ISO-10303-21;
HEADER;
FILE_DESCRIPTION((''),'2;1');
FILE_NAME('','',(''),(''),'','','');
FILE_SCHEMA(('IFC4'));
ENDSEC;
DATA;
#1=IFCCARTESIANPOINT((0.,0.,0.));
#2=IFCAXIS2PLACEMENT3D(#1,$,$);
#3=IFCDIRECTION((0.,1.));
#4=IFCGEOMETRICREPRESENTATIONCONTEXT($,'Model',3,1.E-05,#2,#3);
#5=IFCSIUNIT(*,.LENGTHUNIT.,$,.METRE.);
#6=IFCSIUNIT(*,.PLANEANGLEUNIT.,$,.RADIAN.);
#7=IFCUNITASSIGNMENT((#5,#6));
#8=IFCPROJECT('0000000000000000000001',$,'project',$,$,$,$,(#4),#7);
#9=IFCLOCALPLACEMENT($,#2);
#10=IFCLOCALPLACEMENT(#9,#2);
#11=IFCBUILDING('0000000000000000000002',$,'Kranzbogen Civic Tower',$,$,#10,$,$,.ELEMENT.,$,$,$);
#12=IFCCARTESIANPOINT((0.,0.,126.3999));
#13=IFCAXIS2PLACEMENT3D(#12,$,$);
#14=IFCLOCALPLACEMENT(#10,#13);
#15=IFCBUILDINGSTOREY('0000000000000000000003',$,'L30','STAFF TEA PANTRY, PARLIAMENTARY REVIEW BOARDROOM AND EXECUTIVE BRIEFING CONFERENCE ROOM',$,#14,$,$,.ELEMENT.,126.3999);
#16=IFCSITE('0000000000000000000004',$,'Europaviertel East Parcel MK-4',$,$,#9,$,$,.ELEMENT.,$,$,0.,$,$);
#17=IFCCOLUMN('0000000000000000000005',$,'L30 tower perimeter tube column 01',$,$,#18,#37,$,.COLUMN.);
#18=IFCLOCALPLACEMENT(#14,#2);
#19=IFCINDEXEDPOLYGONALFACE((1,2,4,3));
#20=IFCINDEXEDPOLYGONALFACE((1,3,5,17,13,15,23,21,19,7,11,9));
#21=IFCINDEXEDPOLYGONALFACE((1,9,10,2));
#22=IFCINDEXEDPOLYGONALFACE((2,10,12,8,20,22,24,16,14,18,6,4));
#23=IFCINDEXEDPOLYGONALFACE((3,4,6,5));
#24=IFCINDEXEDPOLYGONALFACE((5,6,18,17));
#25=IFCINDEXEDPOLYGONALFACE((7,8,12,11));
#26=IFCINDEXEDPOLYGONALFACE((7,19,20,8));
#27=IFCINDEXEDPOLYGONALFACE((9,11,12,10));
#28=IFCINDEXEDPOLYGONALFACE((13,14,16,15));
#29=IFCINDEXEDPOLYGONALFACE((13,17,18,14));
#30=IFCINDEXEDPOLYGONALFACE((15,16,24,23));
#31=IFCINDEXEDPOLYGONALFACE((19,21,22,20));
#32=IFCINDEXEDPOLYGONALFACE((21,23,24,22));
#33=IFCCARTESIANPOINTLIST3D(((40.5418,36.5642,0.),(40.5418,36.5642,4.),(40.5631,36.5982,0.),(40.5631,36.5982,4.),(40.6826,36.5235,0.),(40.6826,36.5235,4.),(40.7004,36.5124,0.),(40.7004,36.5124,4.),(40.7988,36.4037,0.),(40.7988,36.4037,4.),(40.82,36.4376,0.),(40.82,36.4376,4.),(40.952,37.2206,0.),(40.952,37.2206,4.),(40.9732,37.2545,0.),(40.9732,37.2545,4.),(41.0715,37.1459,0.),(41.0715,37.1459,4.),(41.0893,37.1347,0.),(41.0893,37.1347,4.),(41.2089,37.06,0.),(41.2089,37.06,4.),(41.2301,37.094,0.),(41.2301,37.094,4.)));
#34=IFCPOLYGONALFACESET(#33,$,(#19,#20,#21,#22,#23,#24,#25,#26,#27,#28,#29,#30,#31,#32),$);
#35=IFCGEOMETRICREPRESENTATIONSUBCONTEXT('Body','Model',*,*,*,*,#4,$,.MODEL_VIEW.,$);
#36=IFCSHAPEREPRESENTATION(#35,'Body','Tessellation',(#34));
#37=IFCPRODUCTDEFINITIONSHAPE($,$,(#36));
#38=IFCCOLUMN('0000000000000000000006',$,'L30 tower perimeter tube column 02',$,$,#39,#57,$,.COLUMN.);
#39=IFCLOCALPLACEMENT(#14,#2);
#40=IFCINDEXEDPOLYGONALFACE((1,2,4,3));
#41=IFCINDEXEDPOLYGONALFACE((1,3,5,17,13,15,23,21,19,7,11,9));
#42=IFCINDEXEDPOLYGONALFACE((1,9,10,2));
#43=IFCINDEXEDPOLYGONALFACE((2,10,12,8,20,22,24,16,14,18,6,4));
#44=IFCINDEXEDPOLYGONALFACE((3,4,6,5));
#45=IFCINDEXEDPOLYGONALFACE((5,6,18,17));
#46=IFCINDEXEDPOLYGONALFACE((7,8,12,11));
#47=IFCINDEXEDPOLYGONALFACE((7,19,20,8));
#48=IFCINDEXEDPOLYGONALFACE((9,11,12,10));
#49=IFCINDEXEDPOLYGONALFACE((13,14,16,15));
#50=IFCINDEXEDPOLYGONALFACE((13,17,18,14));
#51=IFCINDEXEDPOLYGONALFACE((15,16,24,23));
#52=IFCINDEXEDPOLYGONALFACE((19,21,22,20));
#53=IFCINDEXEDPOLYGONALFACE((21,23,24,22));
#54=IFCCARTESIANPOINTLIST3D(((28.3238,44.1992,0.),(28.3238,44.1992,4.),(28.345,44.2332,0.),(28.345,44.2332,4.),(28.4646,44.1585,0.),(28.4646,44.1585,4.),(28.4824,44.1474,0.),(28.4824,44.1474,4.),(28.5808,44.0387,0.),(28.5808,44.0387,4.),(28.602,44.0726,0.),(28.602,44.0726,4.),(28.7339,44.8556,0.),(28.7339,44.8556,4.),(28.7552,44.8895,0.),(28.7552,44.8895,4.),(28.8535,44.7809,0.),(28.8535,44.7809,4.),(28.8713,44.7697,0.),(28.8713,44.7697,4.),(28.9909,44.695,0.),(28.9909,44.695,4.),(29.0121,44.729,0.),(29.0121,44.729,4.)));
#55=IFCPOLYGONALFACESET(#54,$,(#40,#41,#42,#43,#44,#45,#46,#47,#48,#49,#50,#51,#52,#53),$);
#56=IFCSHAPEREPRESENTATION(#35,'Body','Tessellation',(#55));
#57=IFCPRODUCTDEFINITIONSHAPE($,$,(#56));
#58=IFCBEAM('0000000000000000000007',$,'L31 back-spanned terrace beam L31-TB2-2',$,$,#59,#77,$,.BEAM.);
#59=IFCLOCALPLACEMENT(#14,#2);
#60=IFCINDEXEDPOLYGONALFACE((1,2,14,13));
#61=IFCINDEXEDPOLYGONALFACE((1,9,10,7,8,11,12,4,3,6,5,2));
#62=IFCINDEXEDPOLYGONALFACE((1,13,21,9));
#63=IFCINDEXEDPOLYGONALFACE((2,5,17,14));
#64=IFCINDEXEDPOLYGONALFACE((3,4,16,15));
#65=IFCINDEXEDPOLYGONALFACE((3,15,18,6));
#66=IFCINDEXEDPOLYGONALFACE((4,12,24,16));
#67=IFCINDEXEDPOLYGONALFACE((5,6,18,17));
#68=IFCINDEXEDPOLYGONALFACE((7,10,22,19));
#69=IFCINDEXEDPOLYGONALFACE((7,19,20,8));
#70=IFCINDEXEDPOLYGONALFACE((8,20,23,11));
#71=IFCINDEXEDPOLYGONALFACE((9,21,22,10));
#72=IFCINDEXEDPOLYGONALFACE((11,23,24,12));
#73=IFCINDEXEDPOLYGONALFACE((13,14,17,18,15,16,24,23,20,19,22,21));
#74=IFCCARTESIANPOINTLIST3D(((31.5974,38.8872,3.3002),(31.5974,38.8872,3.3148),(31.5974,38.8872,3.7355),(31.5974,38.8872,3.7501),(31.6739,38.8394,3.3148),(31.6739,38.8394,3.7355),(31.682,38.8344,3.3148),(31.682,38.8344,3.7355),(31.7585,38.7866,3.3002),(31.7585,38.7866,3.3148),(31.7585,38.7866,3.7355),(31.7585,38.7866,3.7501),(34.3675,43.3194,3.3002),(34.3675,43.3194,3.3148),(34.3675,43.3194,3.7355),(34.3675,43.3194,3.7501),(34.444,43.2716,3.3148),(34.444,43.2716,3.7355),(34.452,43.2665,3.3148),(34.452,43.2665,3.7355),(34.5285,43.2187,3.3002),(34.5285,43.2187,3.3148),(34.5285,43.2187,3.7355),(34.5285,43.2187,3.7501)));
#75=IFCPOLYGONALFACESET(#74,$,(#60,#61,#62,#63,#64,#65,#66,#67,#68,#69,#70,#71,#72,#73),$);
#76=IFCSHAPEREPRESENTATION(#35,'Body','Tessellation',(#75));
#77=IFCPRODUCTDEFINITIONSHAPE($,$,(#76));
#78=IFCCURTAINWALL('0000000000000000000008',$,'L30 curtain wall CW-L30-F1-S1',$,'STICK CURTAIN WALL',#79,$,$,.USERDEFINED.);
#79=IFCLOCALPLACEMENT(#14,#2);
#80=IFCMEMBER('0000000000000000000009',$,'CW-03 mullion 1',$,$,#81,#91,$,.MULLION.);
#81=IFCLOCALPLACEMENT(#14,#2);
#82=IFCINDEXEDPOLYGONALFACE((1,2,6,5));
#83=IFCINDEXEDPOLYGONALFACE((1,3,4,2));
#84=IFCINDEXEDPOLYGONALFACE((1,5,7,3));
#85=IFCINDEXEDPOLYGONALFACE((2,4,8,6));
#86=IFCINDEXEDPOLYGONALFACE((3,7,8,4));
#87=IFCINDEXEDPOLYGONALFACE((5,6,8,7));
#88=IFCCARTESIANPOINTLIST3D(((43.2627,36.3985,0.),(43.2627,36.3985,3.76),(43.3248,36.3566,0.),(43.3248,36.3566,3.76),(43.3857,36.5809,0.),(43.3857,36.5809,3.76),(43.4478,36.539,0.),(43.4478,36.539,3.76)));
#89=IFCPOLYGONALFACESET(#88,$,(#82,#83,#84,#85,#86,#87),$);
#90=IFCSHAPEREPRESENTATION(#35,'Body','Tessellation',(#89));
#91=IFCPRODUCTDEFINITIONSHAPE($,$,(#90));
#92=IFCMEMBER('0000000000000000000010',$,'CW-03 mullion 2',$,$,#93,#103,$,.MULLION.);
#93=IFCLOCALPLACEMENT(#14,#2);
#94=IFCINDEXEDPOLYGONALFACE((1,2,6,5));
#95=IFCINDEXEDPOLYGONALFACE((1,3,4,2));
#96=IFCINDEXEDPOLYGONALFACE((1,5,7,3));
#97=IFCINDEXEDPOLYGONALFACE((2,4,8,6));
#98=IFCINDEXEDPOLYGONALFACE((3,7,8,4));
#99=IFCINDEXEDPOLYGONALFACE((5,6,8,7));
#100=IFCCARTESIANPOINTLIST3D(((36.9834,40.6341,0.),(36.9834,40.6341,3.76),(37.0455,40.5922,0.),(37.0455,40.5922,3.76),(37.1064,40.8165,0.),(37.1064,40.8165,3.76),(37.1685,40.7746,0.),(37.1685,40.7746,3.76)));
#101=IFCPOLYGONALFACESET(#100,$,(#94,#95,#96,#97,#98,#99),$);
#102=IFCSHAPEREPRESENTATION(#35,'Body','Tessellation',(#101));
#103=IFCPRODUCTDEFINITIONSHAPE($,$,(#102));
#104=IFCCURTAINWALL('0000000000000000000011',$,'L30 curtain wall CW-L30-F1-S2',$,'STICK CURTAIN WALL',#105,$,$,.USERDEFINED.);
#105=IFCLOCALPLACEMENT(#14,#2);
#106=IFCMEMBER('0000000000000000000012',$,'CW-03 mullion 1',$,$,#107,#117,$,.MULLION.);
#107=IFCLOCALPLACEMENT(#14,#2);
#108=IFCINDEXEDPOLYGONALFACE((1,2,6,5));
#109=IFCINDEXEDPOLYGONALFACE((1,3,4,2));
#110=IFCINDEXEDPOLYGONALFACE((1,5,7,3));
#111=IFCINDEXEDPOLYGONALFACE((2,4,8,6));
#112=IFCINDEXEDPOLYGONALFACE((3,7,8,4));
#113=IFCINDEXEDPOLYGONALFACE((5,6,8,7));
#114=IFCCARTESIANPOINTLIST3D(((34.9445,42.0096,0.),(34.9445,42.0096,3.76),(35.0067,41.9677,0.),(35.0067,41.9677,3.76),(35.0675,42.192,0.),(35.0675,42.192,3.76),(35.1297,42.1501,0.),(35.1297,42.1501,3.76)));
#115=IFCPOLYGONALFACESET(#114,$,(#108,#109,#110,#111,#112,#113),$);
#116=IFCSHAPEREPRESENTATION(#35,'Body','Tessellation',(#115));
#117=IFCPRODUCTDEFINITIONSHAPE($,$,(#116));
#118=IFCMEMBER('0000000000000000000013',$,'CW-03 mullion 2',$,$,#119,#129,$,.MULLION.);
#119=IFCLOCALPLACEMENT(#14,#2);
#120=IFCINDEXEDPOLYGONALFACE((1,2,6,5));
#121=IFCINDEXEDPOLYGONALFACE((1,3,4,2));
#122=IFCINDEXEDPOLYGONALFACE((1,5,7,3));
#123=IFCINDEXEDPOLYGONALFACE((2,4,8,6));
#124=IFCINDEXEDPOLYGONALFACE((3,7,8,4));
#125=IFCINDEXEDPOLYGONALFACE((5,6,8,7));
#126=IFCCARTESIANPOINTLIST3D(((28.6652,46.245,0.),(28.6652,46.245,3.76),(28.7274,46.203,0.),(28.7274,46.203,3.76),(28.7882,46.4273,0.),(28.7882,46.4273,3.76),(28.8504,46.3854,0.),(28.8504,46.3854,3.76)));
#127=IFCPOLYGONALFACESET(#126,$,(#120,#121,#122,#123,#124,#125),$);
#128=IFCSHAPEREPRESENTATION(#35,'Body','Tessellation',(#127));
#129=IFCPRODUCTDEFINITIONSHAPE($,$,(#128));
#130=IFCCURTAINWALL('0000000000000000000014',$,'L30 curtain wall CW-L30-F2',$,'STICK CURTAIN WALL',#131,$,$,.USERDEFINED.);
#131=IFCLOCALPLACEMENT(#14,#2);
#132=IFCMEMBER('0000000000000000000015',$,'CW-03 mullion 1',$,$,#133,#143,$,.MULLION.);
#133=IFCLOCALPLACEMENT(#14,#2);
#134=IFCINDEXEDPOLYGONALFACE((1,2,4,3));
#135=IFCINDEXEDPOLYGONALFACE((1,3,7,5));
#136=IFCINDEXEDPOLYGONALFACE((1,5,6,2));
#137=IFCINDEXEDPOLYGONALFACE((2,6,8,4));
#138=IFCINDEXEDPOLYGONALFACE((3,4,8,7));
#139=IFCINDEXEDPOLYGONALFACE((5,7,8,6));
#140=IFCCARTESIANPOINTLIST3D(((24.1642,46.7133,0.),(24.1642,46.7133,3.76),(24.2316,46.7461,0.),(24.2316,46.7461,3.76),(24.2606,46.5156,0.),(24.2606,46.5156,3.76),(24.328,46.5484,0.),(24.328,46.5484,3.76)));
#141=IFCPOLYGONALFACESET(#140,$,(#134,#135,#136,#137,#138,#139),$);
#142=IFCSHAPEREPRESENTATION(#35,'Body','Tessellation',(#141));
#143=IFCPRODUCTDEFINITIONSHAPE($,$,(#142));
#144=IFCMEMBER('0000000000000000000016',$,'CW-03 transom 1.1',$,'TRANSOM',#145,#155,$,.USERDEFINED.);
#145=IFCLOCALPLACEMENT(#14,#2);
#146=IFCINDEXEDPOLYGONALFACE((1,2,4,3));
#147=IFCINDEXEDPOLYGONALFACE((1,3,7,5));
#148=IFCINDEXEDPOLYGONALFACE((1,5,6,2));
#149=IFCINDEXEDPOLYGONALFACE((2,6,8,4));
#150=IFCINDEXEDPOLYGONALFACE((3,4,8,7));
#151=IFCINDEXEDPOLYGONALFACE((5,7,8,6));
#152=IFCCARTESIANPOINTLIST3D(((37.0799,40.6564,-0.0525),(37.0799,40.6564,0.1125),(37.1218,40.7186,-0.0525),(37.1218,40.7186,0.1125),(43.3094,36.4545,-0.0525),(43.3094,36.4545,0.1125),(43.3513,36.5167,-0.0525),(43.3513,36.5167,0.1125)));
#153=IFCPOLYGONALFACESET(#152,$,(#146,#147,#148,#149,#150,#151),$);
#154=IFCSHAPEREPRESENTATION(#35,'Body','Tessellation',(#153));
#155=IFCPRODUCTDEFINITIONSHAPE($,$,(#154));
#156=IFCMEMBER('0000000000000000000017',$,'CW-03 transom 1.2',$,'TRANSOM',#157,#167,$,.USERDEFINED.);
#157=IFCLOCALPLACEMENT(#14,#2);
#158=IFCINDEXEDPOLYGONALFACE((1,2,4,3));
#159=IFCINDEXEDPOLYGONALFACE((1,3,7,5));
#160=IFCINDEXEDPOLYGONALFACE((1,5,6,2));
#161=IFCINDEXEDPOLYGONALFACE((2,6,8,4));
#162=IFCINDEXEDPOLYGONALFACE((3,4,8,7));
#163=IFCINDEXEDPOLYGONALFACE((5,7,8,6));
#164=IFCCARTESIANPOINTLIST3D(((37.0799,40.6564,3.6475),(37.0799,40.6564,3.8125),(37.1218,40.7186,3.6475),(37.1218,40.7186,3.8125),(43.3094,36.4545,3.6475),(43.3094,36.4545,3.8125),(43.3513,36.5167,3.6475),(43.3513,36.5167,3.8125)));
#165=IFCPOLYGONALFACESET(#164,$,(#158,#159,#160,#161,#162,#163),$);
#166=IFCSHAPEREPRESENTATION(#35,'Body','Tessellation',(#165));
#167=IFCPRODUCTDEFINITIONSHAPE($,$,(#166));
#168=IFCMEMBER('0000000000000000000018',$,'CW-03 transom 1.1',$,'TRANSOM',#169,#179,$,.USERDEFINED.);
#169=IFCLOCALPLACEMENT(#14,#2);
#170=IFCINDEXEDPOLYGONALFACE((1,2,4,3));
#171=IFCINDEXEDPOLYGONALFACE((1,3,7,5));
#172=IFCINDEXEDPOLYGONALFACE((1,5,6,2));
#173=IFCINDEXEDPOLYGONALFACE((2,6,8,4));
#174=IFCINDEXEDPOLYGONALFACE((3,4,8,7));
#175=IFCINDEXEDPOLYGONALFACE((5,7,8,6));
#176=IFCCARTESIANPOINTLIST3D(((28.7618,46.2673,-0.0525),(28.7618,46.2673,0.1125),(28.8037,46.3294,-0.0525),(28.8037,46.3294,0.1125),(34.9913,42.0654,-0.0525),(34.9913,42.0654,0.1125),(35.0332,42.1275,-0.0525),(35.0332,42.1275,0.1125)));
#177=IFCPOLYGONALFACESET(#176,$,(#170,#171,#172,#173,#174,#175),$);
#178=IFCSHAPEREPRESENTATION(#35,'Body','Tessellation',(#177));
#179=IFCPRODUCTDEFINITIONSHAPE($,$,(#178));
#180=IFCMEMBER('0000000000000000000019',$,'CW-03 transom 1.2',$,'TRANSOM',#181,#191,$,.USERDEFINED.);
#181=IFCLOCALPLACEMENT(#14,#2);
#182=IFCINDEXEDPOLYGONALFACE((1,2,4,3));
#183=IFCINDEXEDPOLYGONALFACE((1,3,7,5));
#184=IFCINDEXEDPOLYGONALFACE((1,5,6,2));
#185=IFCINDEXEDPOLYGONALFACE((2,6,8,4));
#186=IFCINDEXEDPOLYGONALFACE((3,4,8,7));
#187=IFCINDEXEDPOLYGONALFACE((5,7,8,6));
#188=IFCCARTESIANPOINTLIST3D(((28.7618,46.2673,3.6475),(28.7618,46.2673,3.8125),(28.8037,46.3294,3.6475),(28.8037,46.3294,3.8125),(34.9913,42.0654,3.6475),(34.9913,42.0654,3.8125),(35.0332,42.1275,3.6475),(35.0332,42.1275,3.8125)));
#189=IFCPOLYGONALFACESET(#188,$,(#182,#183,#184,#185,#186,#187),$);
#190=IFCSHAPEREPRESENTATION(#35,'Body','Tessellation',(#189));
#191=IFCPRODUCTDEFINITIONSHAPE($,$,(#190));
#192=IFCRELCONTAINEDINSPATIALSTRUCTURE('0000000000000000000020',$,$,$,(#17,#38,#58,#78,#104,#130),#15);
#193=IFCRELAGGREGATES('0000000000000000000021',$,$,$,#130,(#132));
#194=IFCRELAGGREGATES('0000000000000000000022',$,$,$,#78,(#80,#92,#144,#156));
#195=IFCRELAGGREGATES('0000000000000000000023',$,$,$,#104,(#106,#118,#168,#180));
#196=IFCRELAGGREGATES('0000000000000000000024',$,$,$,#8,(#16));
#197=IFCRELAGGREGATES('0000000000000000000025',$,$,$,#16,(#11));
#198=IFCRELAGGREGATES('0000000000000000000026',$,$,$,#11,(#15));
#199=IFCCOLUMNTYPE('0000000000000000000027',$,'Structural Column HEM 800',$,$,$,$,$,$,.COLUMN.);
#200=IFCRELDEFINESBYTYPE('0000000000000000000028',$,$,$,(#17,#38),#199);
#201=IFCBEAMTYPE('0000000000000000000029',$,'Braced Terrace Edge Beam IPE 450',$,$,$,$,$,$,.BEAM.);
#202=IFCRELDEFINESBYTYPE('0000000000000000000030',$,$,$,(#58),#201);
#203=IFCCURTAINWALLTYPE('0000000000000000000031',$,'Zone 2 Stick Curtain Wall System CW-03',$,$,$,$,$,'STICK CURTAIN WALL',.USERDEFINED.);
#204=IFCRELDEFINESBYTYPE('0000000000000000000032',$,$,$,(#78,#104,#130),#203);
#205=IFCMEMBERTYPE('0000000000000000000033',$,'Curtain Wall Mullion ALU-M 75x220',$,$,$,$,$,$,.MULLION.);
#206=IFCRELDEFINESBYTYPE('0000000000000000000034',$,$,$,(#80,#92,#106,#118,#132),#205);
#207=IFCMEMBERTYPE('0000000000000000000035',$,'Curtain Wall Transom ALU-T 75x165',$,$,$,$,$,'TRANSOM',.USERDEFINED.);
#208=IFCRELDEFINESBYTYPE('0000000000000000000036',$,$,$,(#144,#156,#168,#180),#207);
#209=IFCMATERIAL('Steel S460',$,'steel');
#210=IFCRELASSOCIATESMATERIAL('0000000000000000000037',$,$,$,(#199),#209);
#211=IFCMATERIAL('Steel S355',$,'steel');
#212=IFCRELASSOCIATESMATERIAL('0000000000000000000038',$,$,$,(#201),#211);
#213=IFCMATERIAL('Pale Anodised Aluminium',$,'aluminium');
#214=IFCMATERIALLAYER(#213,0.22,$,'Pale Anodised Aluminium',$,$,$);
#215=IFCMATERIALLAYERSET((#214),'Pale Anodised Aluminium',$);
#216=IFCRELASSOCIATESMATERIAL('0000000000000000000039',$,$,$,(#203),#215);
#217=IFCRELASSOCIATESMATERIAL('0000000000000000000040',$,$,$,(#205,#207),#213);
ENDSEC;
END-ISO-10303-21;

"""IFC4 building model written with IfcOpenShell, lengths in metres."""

from ifc_helpers import new_model, si_unit, direction, frame, origin, origin_2d, place, context, subcontext, project, spatial, rectangle, i_section, extrude, material, layer, layer_set, material_profile, profile_set, type_object, element, aggregate, save


model = new_model("IFC4")

# Units and contexts
model_context = context("Model", 3, precision=1e-05, world=origin(), true_north=direction((0.0, 1.0)))
body_context = subcontext(model_context, "Body", "Model", "MODEL_VIEW")
ifc_project = project(units=[si_unit("LENGTHUNIT", "METRE"), si_unit("PLANEANGLEUNIT", "RADIAN")], contexts=[model_context])

# Site, building, storey
site_placement = place(None, origin())
site = spatial("IfcSite", under=ifc_project, at=site_placement, Name="Europaviertel East Parcel MK-4", CompositionType="ELEMENT", RefElevation=0.0)
building_placement = place(site_placement, origin())
building = spatial("IfcBuilding", under=site, at=building_placement, Name="Kranzbogen Civic Tower", CompositionType="ELEMENT")
storey_placement = place(building_placement, frame((0.0, 0.0, 126.3999)))
storey = spatial("IfcBuildingStorey", under=building, at=storey_placement, Name="L30", Description="STAFF TEA PANTRY, PARLIAMENTARY REVIEW BOARDROOM AND EXECUTIVE BRIEFING CONFERENCE ROOM", CompositionType="ELEMENT", Elevation=126.3999)

# Columns
ifc_material_1 = material(Name="Steel S460", Category="steel")
ifc_material_profile_1 = material_profile(ifc_material_1, i_section(OverallWidth=0.303, OverallDepth=0.814, WebThickness=0.021, FlangeThickness=0.04, at=origin_2d()), Name="HEM 800")
ifc_profile_set_1 = profile_set([ifc_material_profile_1], Name="Steel S460")
column_type = type_object("IfcColumnType", Name="Structural Column HEM 800", PredefinedType="COLUMN", material=ifc_profile_set_1)
for number, where, z_axis, x_axis, name in (
    (1, (40.886, 36.8291, 0.0), (0.0, 0.0, 1.0), (-0.848048, 0.529919, 0.0), "L30 tower perimeter tube column 01"),
    (2, (28.668, 44.4641, 0.0), (0.0, 0.0, 1.0), (-0.848048, 0.529919, 0.0), "L30 tower perimeter tube column 02"),
):
    element("IfcColumn", number, at=place(storey_placement, frame(where, z_axis=z_axis, x_axis=x_axis)), inside=storey, type_object=column_type, Name=name, PredefinedType="COLUMN", context=body_context, shape_type="SweptSolid", body=[
        extrude(i_section(OverallWidth=0.303, OverallDepth=0.814, WebThickness=0.021, FlangeThickness=0.04, at=origin_2d()), origin(), (0.0, 0.0, 1.0), 4.0),
    ])

# Beam
ifc_material_2 = material(Name="Steel S355", Category="steel")
ifc_material_profile_2 = material_profile(ifc_material_2, i_section(OverallWidth=0.1899, OverallDepth=0.45, WebThickness=0.0095, FlangeThickness=0.0146, at=origin_2d()), Name="IPE 450")
ifc_profile_set_2 = profile_set([ifc_material_profile_2], Name="Steel S355")
beam_type_1 = type_object("IfcBeamType", Name="Braced Terrace Edge Beam IPE 450", PredefinedType="BEAM", material=ifc_profile_set_2)
beam_1_placement = place(storey_placement, frame((31.678, 38.8369, 3.5251), z_axis=(0.529991, 0.848004, 0.0), x_axis=(-0.848004, 0.529991, 0.0)))
element("IfcBeam", 3, at=beam_1_placement, inside=storey, type_object=beam_type_1, Name="L31 back-spanned terrace beam L31-TB2-2", PredefinedType="BEAM", context=body_context, shape_type="SweptSolid", body=[
    extrude(i_section(OverallWidth=0.1899, OverallDepth=0.45, WebThickness=0.0095, FlangeThickness=0.0146, at=origin_2d()), origin(), (0.0, 0.0, 1.0), 5.2266),
])

# Curtain walls, members
ifc_material_3 = material(Name="Pale Anodised Aluminium", Category="aluminium")
ifc_layer_1 = layer(ifc_material_3, 0.22, Name="Pale Anodised Aluminium")
ifc_layer_set_1 = layer_set([ifc_layer_1], Name="Pale Anodised Aluminium")
curtain_wall_type = type_object("IfcCurtainWallType", Name="Zone 2 Stick Curtain Wall System CW-03", ElementType="STICK CURTAIN WALL", PredefinedType="USERDEFINED", material=ifc_layer_set_1)
curtain_wall_1_placement = place(storey_placement, origin())
curtain_wall_1 = element("IfcCurtainWall", 4, at=curtain_wall_1_placement, inside=storey, type_object=curtain_wall_type, Name="L30 curtain wall CW-L30-F1-S1", ObjectType="STICK CURTAIN WALL", PredefinedType="USERDEFINED")
ifc_material_profile_3 = material_profile(ifc_material_3, rectangle(XDim=0.075, YDim=0.22, at=origin_2d()), Name="ALU-M 75x220")
ifc_profile_set_3 = profile_set([ifc_material_profile_3], Name="Pale Anodised Aluminium")
member_type_1 = type_object("IfcMemberType", Name="Curtain Wall Mullion ALU-M 75x220", PredefinedType="MULLION", material=ifc_profile_set_3)
member_1_placement = place(storey_placement, frame((43.3552, 36.4688, 0.0), z_axis=(0.0, 0.0, 1.0), x_axis=(-0.829035, 0.559196, 0.0)))
member_1 = element("IfcMember", 5, at=member_1_placement, type_object=member_type_1, Name="CW-03 mullion 1", PredefinedType="MULLION", context=body_context, shape_type="SweptSolid", body=[
    extrude(rectangle(XDim=0.075, YDim=0.22, at=origin_2d()), origin(), (0.0, 0.0, 1.0), 3.76),
])
member_2_placement = place(storey_placement, frame((37.0759, 40.7043, 0.0), z_axis=(0.0, 0.0, 1.0), x_axis=(-0.829035, 0.559196, 0.0)))
member_2 = element("IfcMember", 6, at=member_2_placement, type_object=member_type_1, Name="CW-03 mullion 2", PredefinedType="MULLION", context=body_context, shape_type="SweptSolid", body=[
    extrude(rectangle(XDim=0.075, YDim=0.22, at=origin_2d()), origin(), (0.0, 0.0, 1.0), 3.76),
])
curtain_wall_2_placement = place(storey_placement, origin())
curtain_wall_2 = element("IfcCurtainWall", 7, at=curtain_wall_2_placement, inside=storey, type_object=curtain_wall_type, Name="L30 curtain wall CW-L30-F1-S2", ObjectType="STICK CURTAIN WALL", PredefinedType="USERDEFINED")
member_3_placement = place(storey_placement, frame((35.0371, 42.0798, 0.0), z_axis=(0.0, 0.0, 1.0), x_axis=(-0.829035, 0.559196, 0.0)))
member_3 = element("IfcMember", 8, at=member_3_placement, type_object=member_type_1, Name="CW-03 mullion 1", PredefinedType="MULLION", context=body_context, shape_type="SweptSolid", body=[
    extrude(rectangle(XDim=0.075, YDim=0.22, at=origin_2d()), origin(), (0.0, 0.0, 1.0), 3.76),
])
member_4_placement = place(storey_placement, frame((28.7578, 46.3152, 0.0), z_axis=(0.0, 0.0, 1.0), x_axis=(-0.829035, 0.559196, 0.0)))
member_4 = element("IfcMember", 9, at=member_4_placement, type_object=member_type_1, Name="CW-03 mullion 2", PredefinedType="MULLION", context=body_context, shape_type="SweptSolid", body=[
    extrude(rectangle(XDim=0.075, YDim=0.22, at=origin_2d()), origin(), (0.0, 0.0, 1.0), 3.76),
])

# Curtain wall, member
curtain_wall_3_placement = place(storey_placement, origin())
curtain_wall_3 = element("IfcCurtainWall", 10, at=curtain_wall_3_placement, inside=storey, type_object=curtain_wall_type, Name="L30 curtain wall CW-L30-F2", ObjectType="STICK CURTAIN WALL", PredefinedType="USERDEFINED")
member_5_placement = place(storey_placement, frame((24.2461, 46.6309, 0.0), z_axis=(0.0, 0.0, 1.0), x_axis=(-0.898787, -0.438386, 0.0)))
member_5 = element("IfcMember", 11, at=member_5_placement, type_object=member_type_1, Name="CW-03 mullion 1", PredefinedType="MULLION", context=body_context, shape_type="SweptSolid", body=[
    extrude(rectangle(XDim=0.075, YDim=0.22, at=origin_2d()), origin(), (0.0, 0.0, 1.0), 3.76),
])

# Members
ifc_material_profile_4 = material_profile(ifc_material_3, rectangle(XDim=0.075, YDim=0.165, at=origin_2d()), Name="ALU-T 75x165")
ifc_profile_set_4 = profile_set([ifc_material_profile_4], Name="Pale Anodised Aluminium")
member_type_2 = type_object("IfcMemberType", Name="Curtain Wall Transom ALU-T 75x165", ElementType="TRANSOM", PredefinedType="USERDEFINED", material=ifc_profile_set_4)
member_6_placement = place(storey_placement, frame((43.3303, 36.4856, 0.03), z_axis=(-0.829034, 0.559198, 0.0), x_axis=(-0.559198, -0.829034, 0.0)))
member_6 = element("IfcMember", 12, at=member_6_placement, type_object=member_type_2, Name="CW-03 transom 1.1", ObjectType="TRANSOM", PredefinedType="USERDEFINED", context=body_context, shape_type="SweptSolid", body=[
    extrude(rectangle(XDim=0.075, YDim=0.165, at=origin_2d()), origin(), (0.0, 0.0, 1.0), 7.5142),
])
member_7_placement = place(storey_placement, frame((43.3303, 36.4856, 3.73), z_axis=(-0.829034, 0.559198, 0.0), x_axis=(-0.559198, -0.829034, 0.0)))
member_7 = element("IfcMember", 13, at=member_7_placement, type_object=member_type_2, Name="CW-03 transom 1.2", ObjectType="TRANSOM", PredefinedType="USERDEFINED", context=body_context, shape_type="SweptSolid", body=[
    extrude(rectangle(XDim=0.075, YDim=0.165, at=origin_2d()), origin(), (0.0, 0.0, 1.0), 7.5142),
])
member_8_placement = place(storey_placement, frame((35.0122, 42.0964, 0.03), z_axis=(-0.829034, 0.559198, 0.0), x_axis=(-0.559198, -0.829034, 0.0)))
member_8 = element("IfcMember", 14, at=member_8_placement, type_object=member_type_2, Name="CW-03 transom 1.1", ObjectType="TRANSOM", PredefinedType="USERDEFINED", context=body_context, shape_type="SweptSolid", body=[
    extrude(rectangle(XDim=0.075, YDim=0.165, at=origin_2d()), origin(), (0.0, 0.0, 1.0), 7.5142),
])
member_9_placement = place(storey_placement, frame((35.0122, 42.0964, 3.73), z_axis=(-0.829034, 0.559198, 0.0), x_axis=(-0.559198, -0.829034, 0.0)))
member_9 = element("IfcMember", 15, at=member_9_placement, type_object=member_type_2, Name="CW-03 transom 1.2", ObjectType="TRANSOM", PredefinedType="USERDEFINED", context=body_context, shape_type="SweptSolid", body=[
    extrude(rectangle(XDim=0.075, YDim=0.165, at=origin_2d()), origin(), (0.0, 0.0, 1.0), 7.5142),
])
aggregate(curtain_wall_3, [member_5])

aggregate(curtain_wall_1, [member_1, member_2, member_6, member_7])
aggregate(curtain_wall_2, [member_3, member_4, member_8, member_9])

save(model, "model.ifc")
